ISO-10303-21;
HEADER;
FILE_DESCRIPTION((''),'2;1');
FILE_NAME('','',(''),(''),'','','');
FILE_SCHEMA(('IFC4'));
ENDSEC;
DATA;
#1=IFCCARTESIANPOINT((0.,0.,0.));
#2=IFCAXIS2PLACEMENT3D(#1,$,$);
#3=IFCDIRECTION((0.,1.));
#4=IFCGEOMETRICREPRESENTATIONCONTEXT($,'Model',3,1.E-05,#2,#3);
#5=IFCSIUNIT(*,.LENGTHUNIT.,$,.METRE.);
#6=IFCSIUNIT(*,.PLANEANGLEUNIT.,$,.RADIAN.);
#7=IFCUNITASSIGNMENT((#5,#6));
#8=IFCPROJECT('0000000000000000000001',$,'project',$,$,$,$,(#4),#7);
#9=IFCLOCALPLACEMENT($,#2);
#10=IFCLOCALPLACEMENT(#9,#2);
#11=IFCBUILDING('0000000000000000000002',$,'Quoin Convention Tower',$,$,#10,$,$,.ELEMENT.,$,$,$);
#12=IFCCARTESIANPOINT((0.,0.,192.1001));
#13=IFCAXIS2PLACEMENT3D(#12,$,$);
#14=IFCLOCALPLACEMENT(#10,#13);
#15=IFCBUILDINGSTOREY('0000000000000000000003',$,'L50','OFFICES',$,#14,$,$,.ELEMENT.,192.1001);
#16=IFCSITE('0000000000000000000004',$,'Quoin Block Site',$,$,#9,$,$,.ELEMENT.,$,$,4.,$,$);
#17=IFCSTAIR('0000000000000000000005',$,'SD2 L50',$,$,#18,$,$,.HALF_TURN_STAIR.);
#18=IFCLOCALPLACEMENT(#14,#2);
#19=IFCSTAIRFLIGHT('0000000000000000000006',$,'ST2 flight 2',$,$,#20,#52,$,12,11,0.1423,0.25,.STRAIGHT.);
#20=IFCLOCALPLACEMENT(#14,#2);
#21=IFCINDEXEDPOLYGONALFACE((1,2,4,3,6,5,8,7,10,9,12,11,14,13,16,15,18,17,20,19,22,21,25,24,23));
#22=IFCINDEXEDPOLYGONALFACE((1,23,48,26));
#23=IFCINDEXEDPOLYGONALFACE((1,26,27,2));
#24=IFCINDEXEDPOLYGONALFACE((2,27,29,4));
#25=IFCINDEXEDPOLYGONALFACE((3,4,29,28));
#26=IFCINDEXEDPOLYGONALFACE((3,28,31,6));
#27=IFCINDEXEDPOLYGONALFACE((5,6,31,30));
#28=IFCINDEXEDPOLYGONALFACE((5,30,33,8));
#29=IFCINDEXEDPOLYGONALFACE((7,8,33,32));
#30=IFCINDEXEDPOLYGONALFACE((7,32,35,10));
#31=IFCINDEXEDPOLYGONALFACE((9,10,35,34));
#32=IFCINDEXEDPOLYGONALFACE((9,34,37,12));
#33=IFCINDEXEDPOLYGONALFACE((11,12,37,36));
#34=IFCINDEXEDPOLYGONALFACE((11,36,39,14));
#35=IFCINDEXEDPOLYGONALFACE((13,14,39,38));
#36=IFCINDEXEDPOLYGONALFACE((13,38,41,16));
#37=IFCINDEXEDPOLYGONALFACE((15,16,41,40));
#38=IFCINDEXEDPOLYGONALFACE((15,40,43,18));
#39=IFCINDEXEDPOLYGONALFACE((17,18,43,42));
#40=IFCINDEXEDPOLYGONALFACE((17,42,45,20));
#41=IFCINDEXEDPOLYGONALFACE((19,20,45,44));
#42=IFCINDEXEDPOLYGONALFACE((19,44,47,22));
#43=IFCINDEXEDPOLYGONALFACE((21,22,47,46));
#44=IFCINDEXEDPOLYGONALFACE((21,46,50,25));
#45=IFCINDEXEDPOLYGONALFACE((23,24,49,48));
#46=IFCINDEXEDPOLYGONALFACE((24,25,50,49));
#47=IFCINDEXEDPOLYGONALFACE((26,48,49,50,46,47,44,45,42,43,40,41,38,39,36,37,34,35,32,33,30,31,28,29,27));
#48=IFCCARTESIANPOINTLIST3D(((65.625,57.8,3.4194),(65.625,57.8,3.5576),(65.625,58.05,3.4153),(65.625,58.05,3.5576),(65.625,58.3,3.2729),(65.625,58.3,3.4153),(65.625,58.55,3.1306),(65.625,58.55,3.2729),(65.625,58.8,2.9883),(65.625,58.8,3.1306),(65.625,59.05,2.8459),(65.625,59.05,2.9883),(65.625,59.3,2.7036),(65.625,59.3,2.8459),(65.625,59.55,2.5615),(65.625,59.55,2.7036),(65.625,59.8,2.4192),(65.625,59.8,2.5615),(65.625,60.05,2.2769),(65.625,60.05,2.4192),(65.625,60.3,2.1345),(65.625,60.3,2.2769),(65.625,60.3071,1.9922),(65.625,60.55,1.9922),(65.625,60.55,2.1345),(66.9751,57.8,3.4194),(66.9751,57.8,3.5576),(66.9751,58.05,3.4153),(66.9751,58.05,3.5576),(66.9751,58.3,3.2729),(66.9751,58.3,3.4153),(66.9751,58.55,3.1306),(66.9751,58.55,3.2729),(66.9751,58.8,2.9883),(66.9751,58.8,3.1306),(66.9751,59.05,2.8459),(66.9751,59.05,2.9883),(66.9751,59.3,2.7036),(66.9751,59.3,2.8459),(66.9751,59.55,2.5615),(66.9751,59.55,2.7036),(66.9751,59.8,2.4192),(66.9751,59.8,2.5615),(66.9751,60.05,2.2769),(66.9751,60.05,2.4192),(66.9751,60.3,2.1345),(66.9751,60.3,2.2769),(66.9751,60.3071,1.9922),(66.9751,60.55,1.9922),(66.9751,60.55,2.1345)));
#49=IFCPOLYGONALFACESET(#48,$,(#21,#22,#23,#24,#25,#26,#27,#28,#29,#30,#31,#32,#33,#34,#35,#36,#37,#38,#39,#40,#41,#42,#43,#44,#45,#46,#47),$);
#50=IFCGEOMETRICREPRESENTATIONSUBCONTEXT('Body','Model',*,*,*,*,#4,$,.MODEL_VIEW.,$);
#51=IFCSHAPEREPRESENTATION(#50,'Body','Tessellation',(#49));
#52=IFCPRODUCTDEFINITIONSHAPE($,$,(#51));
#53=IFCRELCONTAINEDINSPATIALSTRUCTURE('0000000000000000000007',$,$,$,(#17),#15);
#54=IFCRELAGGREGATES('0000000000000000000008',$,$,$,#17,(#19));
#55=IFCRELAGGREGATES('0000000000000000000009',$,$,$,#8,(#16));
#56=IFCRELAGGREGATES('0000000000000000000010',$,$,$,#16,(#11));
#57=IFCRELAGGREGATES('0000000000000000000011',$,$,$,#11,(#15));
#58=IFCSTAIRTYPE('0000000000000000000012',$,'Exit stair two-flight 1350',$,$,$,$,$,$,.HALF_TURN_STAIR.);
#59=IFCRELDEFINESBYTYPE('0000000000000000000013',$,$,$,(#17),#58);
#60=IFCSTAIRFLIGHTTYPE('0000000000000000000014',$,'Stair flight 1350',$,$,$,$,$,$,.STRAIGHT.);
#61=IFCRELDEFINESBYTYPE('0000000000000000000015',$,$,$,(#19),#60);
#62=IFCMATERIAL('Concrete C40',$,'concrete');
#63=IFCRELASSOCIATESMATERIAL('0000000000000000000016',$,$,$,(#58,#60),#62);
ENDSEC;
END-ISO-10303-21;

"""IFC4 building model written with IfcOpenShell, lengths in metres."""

from ifc_helpers import new_model, si_unit, direction, frame, origin, place, context, subcontext, project, spatial, polyline, outline, extrude, material, type_object, element, aggregate, save


model = new_model("IFC4")

# Units and contexts
model_context = context("Model", 3, precision=1e-05, world=origin(), true_north=direction((0.0, 1.0)))
body_context = subcontext(model_context, "Body", "Model", "MODEL_VIEW")
ifc_project = project(units=[si_unit("LENGTHUNIT", "METRE"), si_unit("PLANEANGLEUNIT", "RADIAN")], contexts=[model_context])

# Site, building, storey
site_placement = place(None, origin())
site = spatial("IfcSite", under=ifc_project, at=site_placement, Name="Quoin Block Site", CompositionType="ELEMENT", RefElevation=4.0)
building_placement = place(site_placement, origin())
building = spatial("IfcBuilding", under=site, at=building_placement, Name="Quoin Convention Tower", CompositionType="ELEMENT")
storey_placement = place(building_placement, frame((0.0, 0.0, 192.1001)))
storey = spatial("IfcBuildingStorey", under=building, at=storey_placement, Name="L50", Description="OFFICES", CompositionType="ELEMENT", Elevation=192.1001)

# Stair, stair flight
ifc_material_1 = material(Name="Concrete C40", Category="concrete")
stair_type = type_object("IfcStairType", Name="Exit stair two-flight 1350", PredefinedType="HALF_TURN_STAIR", material=ifc_material_1)
stair_placement = place(storey_placement, origin())
stair = element("IfcStair", 1, at=stair_placement, inside=storey, type_object=stair_type, Name="SD2 L50", PredefinedType="HALF_TURN_STAIR")
stair_flight_type = type_object("IfcStairFlightType", Name="Stair flight 1350", PredefinedType="STRAIGHT", material=ifc_material_1)
stair_flight_1_placement = place(storey_placement, frame((66.3, 60.55, 1.9922), z_axis=(0.0, 0.0, 1.0), x_axis=(0.0, -1.0, 0.0)))
stair_flight_1 = element("IfcStairFlight", 2, at=stair_flight_1_placement, type_object=stair_flight_type, Name="ST2 flight 2", NumberOfRisers=12, NumberOfTreads=11, PredefinedType="STRAIGHT", RiserHeight=0.1423, TreadLength=0.25, context=body_context, shape_type="SweptSolid", body=[
    extrude(outline(polyline([(0.0, 0.0), (0.0, 0.1423), (0.25, 0.1423), (0.25, 0.2847), (0.5, 0.2847), (0.5, 0.427), (0.75, 0.427), (0.75, 0.5693), (1.0, 0.5693), (1.0, 0.7114), (1.25, 0.7114), (1.25, 0.8538), (1.5, 0.8538), (1.5, 0.9961), (1.75, 0.9961), (1.75, 1.1384), (2.0, 1.1384), (2.0, 1.2808), (2.25, 1.2808), (2.25, 1.4231), (2.5, 1.4231), (2.5, 1.5654), (2.75, 1.5654), (2.75, 1.7078), (2.75, 1.4272), (0.2429, 0.0), (0.0, 0.0)])), frame((0.0, 0.675, 0.0), z_axis=(0.0, -1.0, 0.0), x_axis=(1.0, 0.0, 0.0)), (0.0, 0.0, 1.0), 1.3501),
])
aggregate(stair, [stair_flight_1])

save(model, "model.ifc")
